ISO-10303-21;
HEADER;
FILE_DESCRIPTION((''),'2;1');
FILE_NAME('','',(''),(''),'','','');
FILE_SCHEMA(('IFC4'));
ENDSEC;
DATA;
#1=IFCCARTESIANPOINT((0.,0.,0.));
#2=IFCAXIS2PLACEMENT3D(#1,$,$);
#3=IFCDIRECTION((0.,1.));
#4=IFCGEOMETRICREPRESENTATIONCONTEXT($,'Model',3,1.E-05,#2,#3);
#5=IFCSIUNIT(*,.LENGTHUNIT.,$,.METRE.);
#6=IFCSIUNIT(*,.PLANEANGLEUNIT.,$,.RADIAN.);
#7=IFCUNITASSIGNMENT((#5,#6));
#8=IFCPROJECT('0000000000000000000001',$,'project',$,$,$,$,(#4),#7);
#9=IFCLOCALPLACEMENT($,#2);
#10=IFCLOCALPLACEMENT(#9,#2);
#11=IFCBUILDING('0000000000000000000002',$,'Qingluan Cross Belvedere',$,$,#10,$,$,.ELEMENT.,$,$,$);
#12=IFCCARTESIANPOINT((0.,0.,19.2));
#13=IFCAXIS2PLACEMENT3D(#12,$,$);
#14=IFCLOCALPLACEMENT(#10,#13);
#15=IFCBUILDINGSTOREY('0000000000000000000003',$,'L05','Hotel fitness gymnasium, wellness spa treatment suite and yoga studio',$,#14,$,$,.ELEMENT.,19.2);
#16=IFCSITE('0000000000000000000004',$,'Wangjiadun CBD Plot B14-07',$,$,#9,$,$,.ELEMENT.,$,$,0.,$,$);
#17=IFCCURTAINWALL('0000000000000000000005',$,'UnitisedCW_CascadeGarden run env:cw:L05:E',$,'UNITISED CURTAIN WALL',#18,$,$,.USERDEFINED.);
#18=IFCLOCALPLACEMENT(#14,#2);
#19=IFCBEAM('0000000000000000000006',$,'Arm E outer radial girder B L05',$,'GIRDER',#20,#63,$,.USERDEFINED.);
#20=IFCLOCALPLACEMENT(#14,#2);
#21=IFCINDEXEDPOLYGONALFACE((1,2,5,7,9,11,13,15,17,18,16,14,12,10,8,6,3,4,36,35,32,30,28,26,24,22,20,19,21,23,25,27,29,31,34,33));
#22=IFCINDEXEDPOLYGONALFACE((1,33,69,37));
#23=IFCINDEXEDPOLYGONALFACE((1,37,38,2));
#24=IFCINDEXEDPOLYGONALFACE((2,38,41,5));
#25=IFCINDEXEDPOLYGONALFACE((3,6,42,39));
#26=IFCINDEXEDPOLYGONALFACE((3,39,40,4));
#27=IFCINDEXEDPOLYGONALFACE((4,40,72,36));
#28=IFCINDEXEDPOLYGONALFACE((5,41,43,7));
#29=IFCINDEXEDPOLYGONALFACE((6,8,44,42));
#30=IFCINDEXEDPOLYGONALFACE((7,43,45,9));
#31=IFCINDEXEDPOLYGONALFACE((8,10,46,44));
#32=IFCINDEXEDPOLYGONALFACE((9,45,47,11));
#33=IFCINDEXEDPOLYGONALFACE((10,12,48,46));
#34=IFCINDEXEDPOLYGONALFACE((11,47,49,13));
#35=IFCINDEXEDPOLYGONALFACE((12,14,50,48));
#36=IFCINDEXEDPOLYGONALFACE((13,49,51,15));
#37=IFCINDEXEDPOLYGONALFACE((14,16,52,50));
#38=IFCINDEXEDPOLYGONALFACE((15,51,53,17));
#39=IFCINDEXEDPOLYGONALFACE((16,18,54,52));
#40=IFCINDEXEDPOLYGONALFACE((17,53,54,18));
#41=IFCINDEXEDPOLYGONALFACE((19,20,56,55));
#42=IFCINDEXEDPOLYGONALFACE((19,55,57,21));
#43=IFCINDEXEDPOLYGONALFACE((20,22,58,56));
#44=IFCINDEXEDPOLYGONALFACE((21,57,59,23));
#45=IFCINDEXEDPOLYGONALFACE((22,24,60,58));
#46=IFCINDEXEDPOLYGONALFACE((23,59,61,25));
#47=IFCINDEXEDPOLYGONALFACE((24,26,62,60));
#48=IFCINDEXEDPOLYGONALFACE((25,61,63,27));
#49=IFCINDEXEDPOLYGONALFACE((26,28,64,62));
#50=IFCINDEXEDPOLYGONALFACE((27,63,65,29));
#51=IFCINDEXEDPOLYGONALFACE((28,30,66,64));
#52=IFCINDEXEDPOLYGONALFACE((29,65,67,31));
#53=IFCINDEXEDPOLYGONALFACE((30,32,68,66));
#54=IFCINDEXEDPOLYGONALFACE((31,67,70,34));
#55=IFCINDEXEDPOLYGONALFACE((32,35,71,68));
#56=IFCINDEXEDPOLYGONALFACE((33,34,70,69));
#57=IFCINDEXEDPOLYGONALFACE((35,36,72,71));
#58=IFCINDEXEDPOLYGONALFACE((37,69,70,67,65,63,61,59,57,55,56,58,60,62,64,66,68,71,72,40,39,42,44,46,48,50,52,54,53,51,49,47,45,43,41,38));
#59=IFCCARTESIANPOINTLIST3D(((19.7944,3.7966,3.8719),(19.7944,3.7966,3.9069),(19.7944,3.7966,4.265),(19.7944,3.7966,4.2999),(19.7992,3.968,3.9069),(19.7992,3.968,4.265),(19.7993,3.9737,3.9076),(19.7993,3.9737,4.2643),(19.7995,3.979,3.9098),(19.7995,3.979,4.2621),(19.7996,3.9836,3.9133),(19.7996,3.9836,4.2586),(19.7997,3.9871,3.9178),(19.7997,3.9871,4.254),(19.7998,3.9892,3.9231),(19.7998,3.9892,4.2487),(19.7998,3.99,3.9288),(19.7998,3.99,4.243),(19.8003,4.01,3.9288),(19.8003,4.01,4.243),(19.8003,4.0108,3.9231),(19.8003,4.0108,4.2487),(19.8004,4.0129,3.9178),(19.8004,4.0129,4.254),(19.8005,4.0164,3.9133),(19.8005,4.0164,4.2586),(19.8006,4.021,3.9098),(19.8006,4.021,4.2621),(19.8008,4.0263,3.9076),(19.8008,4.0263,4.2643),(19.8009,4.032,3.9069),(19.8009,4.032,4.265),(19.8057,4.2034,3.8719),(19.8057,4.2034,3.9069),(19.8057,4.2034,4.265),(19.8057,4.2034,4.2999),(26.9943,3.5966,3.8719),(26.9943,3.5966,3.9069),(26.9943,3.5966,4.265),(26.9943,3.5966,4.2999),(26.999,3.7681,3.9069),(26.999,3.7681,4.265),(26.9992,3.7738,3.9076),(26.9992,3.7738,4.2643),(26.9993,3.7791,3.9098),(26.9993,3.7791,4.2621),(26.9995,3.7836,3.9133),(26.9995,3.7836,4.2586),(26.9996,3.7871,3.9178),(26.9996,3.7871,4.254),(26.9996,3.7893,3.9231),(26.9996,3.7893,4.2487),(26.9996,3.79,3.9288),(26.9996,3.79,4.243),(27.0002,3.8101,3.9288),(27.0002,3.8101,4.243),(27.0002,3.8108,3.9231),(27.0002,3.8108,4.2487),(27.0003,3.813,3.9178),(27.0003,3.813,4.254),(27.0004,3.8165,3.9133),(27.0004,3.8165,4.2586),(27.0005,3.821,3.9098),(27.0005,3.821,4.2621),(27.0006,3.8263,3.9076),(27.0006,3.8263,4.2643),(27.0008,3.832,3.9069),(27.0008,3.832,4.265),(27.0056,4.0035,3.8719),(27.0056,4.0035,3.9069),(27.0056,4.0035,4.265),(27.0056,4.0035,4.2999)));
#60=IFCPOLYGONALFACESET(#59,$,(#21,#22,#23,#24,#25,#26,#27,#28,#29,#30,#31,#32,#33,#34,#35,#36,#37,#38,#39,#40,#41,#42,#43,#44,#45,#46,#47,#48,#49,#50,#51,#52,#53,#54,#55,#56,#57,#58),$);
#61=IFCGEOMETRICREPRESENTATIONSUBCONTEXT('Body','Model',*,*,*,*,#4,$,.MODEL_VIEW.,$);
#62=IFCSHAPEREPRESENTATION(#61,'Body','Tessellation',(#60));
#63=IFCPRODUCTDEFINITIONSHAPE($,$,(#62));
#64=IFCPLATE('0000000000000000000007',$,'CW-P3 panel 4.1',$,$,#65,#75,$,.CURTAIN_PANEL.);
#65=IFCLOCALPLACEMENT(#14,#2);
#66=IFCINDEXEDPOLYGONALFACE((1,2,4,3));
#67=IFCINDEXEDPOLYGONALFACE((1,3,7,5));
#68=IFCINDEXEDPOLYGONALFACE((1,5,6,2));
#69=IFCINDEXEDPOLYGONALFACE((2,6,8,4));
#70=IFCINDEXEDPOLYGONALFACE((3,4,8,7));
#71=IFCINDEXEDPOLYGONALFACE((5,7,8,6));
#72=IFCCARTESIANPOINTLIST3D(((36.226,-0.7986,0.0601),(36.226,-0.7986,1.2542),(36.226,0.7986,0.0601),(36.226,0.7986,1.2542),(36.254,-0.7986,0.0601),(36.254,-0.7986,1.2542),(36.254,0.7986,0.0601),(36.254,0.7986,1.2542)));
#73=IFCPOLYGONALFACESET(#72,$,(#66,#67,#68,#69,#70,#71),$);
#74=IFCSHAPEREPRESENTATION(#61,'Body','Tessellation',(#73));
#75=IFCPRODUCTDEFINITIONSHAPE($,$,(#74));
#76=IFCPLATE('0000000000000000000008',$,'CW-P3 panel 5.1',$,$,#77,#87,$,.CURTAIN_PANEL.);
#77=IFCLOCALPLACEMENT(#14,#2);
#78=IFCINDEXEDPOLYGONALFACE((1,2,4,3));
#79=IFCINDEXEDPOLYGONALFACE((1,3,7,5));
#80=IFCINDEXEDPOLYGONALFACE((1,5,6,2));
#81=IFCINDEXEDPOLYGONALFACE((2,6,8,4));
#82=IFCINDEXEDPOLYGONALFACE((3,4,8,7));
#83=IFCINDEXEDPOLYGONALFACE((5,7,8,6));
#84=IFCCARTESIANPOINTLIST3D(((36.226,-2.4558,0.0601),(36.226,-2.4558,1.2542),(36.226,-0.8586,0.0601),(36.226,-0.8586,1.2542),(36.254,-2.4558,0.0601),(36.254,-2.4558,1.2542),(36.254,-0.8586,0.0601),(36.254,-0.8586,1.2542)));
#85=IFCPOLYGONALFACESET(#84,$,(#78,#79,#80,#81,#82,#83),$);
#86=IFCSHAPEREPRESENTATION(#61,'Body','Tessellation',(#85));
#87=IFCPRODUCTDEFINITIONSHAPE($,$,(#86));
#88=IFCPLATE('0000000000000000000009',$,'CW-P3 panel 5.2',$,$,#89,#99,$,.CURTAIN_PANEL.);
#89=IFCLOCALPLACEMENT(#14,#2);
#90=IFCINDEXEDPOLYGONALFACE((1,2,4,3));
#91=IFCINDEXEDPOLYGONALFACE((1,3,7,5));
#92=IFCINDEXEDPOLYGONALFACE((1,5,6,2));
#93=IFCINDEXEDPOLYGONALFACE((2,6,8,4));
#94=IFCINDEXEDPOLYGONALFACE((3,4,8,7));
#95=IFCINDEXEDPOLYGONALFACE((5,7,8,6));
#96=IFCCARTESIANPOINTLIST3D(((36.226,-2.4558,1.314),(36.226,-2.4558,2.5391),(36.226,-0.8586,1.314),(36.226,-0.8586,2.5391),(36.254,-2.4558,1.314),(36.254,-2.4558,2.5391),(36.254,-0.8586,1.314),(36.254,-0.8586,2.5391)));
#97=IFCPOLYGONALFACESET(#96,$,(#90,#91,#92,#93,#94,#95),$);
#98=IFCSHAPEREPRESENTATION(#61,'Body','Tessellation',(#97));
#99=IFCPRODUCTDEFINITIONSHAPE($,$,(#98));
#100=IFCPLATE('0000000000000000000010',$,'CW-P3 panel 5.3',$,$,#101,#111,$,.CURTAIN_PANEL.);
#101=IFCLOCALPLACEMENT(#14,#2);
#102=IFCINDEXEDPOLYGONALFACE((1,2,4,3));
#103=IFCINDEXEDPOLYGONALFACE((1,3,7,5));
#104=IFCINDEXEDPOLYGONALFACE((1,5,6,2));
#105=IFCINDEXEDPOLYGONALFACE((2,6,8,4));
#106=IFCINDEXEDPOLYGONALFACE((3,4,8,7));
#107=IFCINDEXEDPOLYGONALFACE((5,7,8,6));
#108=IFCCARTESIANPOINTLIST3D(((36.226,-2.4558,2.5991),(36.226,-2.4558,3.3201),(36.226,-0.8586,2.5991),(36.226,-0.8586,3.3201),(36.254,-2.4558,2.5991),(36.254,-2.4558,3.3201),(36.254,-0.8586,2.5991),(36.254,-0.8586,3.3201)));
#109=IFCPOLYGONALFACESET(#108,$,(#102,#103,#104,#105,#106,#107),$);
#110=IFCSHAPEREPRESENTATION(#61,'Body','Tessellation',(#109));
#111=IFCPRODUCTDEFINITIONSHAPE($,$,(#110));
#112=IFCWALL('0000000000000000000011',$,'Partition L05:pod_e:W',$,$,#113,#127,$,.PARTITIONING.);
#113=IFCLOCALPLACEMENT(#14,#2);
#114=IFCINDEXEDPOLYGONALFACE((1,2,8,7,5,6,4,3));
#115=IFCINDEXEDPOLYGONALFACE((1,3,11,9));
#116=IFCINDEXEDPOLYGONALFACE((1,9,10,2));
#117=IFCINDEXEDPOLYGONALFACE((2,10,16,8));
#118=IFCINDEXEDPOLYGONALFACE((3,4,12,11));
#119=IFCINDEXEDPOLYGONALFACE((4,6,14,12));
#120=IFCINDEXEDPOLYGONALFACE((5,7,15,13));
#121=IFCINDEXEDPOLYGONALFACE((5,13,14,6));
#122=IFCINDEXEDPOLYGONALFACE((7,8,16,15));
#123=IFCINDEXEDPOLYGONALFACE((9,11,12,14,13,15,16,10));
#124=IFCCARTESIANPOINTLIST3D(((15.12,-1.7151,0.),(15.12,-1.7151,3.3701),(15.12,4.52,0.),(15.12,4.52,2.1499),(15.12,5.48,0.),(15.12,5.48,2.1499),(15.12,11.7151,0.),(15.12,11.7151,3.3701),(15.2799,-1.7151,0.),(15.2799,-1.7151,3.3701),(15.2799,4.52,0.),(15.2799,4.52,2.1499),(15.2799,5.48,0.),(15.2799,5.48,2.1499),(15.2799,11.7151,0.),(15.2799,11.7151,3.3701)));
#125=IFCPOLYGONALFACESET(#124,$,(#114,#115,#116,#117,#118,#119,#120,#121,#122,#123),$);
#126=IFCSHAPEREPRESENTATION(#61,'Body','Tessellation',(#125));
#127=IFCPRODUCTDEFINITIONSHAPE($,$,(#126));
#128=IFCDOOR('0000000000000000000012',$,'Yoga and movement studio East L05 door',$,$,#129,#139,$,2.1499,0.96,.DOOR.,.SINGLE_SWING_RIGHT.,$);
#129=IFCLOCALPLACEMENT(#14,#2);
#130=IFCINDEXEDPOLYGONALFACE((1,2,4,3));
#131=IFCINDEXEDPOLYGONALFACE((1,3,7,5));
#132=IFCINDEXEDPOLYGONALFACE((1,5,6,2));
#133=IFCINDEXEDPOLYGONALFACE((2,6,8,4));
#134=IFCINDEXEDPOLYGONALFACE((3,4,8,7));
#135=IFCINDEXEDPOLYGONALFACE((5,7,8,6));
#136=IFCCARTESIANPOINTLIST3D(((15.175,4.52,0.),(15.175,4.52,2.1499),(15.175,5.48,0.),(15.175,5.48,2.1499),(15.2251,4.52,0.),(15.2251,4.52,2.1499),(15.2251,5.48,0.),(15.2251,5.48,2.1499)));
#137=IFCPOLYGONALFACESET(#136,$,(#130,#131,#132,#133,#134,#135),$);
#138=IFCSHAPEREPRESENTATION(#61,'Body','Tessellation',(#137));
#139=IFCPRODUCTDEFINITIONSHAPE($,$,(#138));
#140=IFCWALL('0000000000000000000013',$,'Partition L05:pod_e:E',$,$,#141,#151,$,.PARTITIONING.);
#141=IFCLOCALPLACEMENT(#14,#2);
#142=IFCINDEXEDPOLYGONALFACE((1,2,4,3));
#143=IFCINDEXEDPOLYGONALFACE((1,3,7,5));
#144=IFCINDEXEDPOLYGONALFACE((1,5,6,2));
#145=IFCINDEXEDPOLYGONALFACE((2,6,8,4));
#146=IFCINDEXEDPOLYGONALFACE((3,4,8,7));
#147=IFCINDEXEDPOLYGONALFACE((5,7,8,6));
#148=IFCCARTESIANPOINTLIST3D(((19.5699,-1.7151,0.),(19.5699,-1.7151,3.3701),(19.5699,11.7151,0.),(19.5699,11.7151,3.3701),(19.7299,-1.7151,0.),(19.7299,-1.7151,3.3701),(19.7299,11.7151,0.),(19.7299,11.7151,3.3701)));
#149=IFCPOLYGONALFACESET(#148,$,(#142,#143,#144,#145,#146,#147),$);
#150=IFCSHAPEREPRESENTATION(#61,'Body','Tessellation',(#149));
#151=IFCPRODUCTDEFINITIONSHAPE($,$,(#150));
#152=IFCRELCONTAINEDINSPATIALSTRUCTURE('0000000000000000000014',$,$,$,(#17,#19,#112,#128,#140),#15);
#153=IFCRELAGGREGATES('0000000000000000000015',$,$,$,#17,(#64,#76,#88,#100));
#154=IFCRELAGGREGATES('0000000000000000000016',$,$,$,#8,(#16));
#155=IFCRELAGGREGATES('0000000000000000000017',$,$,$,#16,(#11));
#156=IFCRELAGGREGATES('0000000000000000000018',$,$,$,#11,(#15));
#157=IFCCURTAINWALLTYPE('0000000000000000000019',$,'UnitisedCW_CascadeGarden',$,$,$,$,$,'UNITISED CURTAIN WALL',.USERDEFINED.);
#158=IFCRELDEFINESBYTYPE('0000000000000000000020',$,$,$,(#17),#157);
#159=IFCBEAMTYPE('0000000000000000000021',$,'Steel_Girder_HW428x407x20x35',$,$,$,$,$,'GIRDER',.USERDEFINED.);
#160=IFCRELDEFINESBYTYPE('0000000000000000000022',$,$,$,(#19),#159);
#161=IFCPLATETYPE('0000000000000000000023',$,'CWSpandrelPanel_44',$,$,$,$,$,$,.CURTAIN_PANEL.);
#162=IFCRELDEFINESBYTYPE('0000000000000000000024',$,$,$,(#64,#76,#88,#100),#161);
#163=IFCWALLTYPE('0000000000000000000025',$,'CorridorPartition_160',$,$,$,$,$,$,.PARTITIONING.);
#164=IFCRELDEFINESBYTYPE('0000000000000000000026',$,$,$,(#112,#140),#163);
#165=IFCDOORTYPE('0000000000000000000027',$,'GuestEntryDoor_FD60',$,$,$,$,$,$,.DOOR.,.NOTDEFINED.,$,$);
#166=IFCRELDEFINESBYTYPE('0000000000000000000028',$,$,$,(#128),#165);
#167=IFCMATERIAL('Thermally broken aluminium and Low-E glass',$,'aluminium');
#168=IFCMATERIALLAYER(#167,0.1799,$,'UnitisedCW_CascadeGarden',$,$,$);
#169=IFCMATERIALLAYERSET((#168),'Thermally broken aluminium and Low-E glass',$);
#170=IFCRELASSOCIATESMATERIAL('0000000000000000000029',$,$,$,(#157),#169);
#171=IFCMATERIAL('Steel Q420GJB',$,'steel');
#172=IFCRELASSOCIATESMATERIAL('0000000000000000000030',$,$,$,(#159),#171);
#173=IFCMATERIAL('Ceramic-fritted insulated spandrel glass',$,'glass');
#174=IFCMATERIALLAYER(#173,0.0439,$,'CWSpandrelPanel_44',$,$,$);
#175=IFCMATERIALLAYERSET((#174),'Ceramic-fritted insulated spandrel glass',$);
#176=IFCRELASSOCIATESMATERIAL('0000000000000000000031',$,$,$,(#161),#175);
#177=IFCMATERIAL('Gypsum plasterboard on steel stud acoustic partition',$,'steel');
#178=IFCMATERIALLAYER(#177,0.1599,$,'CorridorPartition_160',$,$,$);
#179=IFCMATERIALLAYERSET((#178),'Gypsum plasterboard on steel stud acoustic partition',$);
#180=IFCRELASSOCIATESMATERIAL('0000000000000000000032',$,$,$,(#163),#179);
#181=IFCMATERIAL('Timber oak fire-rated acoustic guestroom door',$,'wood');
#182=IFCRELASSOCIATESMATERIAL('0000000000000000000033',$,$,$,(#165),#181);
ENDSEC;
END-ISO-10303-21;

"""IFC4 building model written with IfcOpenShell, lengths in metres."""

from ifc_helpers import new_model, si_unit, direction, frame, frame_2d, origin, origin_2d, place, context, subcontext, project, spatial, rectangle, i_section, extrude, material, layer, layer_set, material_profile, profile_set, type_object, element, fill, aggregate, save


model = new_model("IFC4")

# Units and contexts
model_context = context("Model", 3, precision=1e-05, world=origin(), true_north=direction((0.0, 1.0)))
body_context = subcontext(model_context, "Body", "Model", "MODEL_VIEW")
ifc_project = project(units=[si_unit("LENGTHUNIT", "METRE"), si_unit("PLANEANGLEUNIT", "RADIAN")], contexts=[model_context])

# Site, building, storey
site_placement = place(None, origin())
site = spatial("IfcSite", under=ifc_project, at=site_placement, Name="Wangjiadun CBD Plot B14-07", CompositionType="ELEMENT", RefElevation=0.0)
building_placement = place(site_placement, origin())
building = spatial("IfcBuilding", under=site, at=building_placement, Name="Qingluan Cross Belvedere", CompositionType="ELEMENT")
storey_placement = place(building_placement, frame((0.0, 0.0, 19.2)))
storey = spatial("IfcBuildingStorey", under=building, at=storey_placement, Name="L05", Description="Hotel fitness gymnasium, wellness spa treatment suite and yoga studio", CompositionType="ELEMENT", Elevation=19.2)

# Curtain wall
ifc_material_1 = material(Name="Thermally broken aluminium and Low-E glass", Category="aluminium")
ifc_layer_1 = layer(ifc_material_1, 0.1799, Name="UnitisedCW_CascadeGarden")
ifc_layer_set_1 = layer_set([ifc_layer_1], Name="Thermally broken aluminium and Low-E glass")
curtain_wall_type = type_object("IfcCurtainWallType", Name="UnitisedCW_CascadeGarden", ElementType="UNITISED CURTAIN WALL", PredefinedType="USERDEFINED", material=ifc_layer_set_1)
curtain_wall_placement = place(storey_placement, origin())
curtain_wall = element("IfcCurtainWall", 1, at=curtain_wall_placement, inside=storey, type_object=curtain_wall_type, Name="UnitisedCW_CascadeGarden run env:cw:L05:E", ObjectType="UNITISED CURTAIN WALL", PredefinedType="USERDEFINED")

# Beam
ifc_material_2 = material(Name="Steel Q420GJB", Category="steel")
ifc_material_profile_1 = material_profile(ifc_material_2, i_section(OverallWidth=0.407, OverallDepth=0.428, WebThickness=0.02, FlangeThickness=0.0349, FilletRadius=0.022, at=origin_2d()), Name="HW428x407x20x35")
ifc_profile_set_1 = profile_set([ifc_material_profile_1], Name="Steel Q420GJB")
beam_type = type_object("IfcBeamType", Name="Steel_Girder_HW428x407x20x35", ElementType="GIRDER", PredefinedType="USERDEFINED", material=ifc_profile_set_1)
beam_1_placement = place(storey_placement, frame((19.8, 4.0, 4.0859), z_axis=(0.999615, -0.02776, 0.0), x_axis=(0.02776, 0.999615, 0.0)))
element("IfcBeam", 2, at=beam_1_placement, inside=storey, type_object=beam_type, Name="Arm E outer radial girder B L05", ObjectType="GIRDER", PredefinedType="USERDEFINED", context=body_context, shape_type="SweptSolid", body=[
    extrude(i_section(OverallWidth=0.407, OverallDepth=0.428, WebThickness=0.02, FlangeThickness=0.0349, FilletRadius=0.022, at=origin_2d()), origin(), (0.0, 0.0, 1.0), 7.2026),
])

# Plates
ifc_material_3 = material(Name="Ceramic-fritted insulated spandrel glass", Category="glass")
ifc_layer_2 = layer(ifc_material_3, 0.0439, Name="CWSpandrelPanel_44")
ifc_layer_set_2 = layer_set([ifc_layer_2], Name="Ceramic-fritted insulated spandrel glass")
plate_type = type_object("IfcPlateType", Name="CWSpandrelPanel_44", PredefinedType="CURTAIN_PANEL", material=ifc_layer_set_2)
plate_1_placement = place(storey_placement, frame((36.24, 0.0, 0.0601), z_axis=(0.0, 0.0, 1.0), x_axis=(0.0, -1.0, 0.0)))
plate_1 = element("IfcPlate", 3, at=plate_1_placement, type_object=plate_type, Name="CW-P3 panel 4.1", PredefinedType="CURTAIN_PANEL", context=body_context, shape_type="SweptSolid", body=[
    extrude(rectangle(XDim=1.5972, YDim=0.0281, at=origin_2d()), origin(), (0.0, 0.0, 1.0), 1.1941),
])
plate_2_placement = place(storey_placement, frame((36.24, -1.6572, 0.0601), z_axis=(0.0, 0.0, 1.0), x_axis=(0.0, -1.0, 0.0)))
plate_2 = element("IfcPlate", 4, at=plate_2_placement, type_object=plate_type, Name="CW-P3 panel 5.1", PredefinedType="CURTAIN_PANEL", context=body_context, shape_type="SweptSolid", body=[
    extrude(rectangle(XDim=1.5972, YDim=0.0281, at=origin_2d()), origin(), (0.0, 0.0, 1.0), 1.1941),
])
plate_3_placement = place(storey_placement, frame((36.24, -1.6572, 1.314), z_axis=(0.0, 0.0, 1.0), x_axis=(0.0, -1.0, 0.0)))
plate_3 = element("IfcPlate", 5, at=plate_3_placement, type_object=plate_type, Name="CW-P3 panel 5.2", PredefinedType="CURTAIN_PANEL", context=body_context, shape_type="SweptSolid", body=[
    extrude(rectangle(XDim=1.5972, YDim=0.0281, at=origin_2d()), origin(), (0.0, 0.0, 1.0), 1.2251),
])
plate_4_placement = place(storey_placement, frame((36.24, -1.6572, 2.5991), z_axis=(0.0, 0.0, 1.0), x_axis=(0.0, -1.0, 0.0)))
plate_4 = element("IfcPlate", 6, at=plate_4_placement, type_object=plate_type, Name="CW-P3 panel 5.3", PredefinedType="CURTAIN_PANEL", context=body_context, shape_type="SweptSolid", body=[
    extrude(rectangle(XDim=1.5972, YDim=0.0281, at=origin_2d()), origin(), (0.0, 0.0, 1.0), 0.7209),
])
aggregate(curtain_wall, [plate_1, plate_2, plate_3, plate_4])

# Wall, opening, door
ifc_material_4 = material(Name="Gypsum plasterboard on steel stud acoustic partition", Category="steel")
ifc_layer_3 = layer(ifc_material_4, 0.1599, Name="CorridorPartition_160")
ifc_layer_set_3 = layer_set([ifc_layer_3], Name="Gypsum plasterboard on steel stud acoustic partition")
wall_type = type_object("IfcWallType", Name="CorridorPartition_160", PredefinedType="PARTITIONING", material=ifc_layer_set_3)
wall_1_placement = place(storey_placement, frame((15.2, -1.7151, 0.0), z_axis=(0.0, 0.0, 1.0), x_axis=(0.0, 1.0, 0.0)))
wall_1 = element("IfcWall", 7, at=wall_1_placement, inside=storey, type_object=wall_type, Name="Partition L05:pod_e:W", PredefinedType="PARTITIONING", context=body_context, shape_type="SweptSolid", body=[
    extrude(rectangle(XDim=13.4302, YDim=0.1599, at=frame_2d((6.7151, 0.0))), origin(), (0.0, 0.0, 1.0), 3.3701),
])
opening_placement = place(wall_1_placement, frame((6.2351, 0.0, 0.0)))
opening = element("IfcOpeningElement", 8, at=opening_placement, cuts=wall_1, PredefinedType="OPENING", context=body_context, shape_type="SweptSolid", body=[
    extrude(rectangle(XDim=0.96, YDim=2.1499, at=frame_2d((0.48, 1.075))), frame((0.0, 0.0898, 0.0), z_axis=(0.0, -1.0, 0.0), x_axis=(1.0, 0.0, 0.0)), (0.0, 0.0, 1.0), 0.1799),
])
ifc_material_5 = material(Name="Timber oak fire-rated acoustic guestroom door", Category="wood")
door_type = type_object("IfcDoorType", Name="GuestEntryDoor_FD60", OperationType="NOTDEFINED", PredefinedType="DOOR", material=ifc_material_5)
door_placement = place(opening_placement, origin())
door = element("IfcDoor", 9, at=door_placement, inside=storey, type_object=door_type, Name="Yoga and movement studio East L05 door", OperationType="SINGLE_SWING_RIGHT", OverallHeight=2.1499, OverallWidth=0.96, PredefinedType="DOOR", context=body_context, shape_type="SweptSolid", body=[
    extrude(rectangle(XDim=0.96, YDim=2.1499, at=frame_2d((0.48, 1.075))), frame((0.0, 0.0249, 0.0), z_axis=(0.0, -1.0, 0.0), x_axis=(1.0, 0.0, 0.0)), (0.0, 0.0, 1.0), 0.05),
])
fill(opening, door)

# Wall
wall_2_placement = place(storey_placement, frame((19.6499, -1.7151, 0.0), z_axis=(0.0, 0.0, 1.0), x_axis=(0.0, 1.0, 0.0)))
element("IfcWall", 10, at=wall_2_placement, inside=storey, type_object=wall_type, Name="Partition L05:pod_e:E", PredefinedType="PARTITIONING", context=body_context, shape_type="SweptSolid", body=[
    extrude(rectangle(XDim=13.4302, YDim=0.1599, at=frame_2d((6.7151, 0.0))), origin(), (0.0, 0.0, 1.0), 3.3701),
])

save(model, "model.ifc")
